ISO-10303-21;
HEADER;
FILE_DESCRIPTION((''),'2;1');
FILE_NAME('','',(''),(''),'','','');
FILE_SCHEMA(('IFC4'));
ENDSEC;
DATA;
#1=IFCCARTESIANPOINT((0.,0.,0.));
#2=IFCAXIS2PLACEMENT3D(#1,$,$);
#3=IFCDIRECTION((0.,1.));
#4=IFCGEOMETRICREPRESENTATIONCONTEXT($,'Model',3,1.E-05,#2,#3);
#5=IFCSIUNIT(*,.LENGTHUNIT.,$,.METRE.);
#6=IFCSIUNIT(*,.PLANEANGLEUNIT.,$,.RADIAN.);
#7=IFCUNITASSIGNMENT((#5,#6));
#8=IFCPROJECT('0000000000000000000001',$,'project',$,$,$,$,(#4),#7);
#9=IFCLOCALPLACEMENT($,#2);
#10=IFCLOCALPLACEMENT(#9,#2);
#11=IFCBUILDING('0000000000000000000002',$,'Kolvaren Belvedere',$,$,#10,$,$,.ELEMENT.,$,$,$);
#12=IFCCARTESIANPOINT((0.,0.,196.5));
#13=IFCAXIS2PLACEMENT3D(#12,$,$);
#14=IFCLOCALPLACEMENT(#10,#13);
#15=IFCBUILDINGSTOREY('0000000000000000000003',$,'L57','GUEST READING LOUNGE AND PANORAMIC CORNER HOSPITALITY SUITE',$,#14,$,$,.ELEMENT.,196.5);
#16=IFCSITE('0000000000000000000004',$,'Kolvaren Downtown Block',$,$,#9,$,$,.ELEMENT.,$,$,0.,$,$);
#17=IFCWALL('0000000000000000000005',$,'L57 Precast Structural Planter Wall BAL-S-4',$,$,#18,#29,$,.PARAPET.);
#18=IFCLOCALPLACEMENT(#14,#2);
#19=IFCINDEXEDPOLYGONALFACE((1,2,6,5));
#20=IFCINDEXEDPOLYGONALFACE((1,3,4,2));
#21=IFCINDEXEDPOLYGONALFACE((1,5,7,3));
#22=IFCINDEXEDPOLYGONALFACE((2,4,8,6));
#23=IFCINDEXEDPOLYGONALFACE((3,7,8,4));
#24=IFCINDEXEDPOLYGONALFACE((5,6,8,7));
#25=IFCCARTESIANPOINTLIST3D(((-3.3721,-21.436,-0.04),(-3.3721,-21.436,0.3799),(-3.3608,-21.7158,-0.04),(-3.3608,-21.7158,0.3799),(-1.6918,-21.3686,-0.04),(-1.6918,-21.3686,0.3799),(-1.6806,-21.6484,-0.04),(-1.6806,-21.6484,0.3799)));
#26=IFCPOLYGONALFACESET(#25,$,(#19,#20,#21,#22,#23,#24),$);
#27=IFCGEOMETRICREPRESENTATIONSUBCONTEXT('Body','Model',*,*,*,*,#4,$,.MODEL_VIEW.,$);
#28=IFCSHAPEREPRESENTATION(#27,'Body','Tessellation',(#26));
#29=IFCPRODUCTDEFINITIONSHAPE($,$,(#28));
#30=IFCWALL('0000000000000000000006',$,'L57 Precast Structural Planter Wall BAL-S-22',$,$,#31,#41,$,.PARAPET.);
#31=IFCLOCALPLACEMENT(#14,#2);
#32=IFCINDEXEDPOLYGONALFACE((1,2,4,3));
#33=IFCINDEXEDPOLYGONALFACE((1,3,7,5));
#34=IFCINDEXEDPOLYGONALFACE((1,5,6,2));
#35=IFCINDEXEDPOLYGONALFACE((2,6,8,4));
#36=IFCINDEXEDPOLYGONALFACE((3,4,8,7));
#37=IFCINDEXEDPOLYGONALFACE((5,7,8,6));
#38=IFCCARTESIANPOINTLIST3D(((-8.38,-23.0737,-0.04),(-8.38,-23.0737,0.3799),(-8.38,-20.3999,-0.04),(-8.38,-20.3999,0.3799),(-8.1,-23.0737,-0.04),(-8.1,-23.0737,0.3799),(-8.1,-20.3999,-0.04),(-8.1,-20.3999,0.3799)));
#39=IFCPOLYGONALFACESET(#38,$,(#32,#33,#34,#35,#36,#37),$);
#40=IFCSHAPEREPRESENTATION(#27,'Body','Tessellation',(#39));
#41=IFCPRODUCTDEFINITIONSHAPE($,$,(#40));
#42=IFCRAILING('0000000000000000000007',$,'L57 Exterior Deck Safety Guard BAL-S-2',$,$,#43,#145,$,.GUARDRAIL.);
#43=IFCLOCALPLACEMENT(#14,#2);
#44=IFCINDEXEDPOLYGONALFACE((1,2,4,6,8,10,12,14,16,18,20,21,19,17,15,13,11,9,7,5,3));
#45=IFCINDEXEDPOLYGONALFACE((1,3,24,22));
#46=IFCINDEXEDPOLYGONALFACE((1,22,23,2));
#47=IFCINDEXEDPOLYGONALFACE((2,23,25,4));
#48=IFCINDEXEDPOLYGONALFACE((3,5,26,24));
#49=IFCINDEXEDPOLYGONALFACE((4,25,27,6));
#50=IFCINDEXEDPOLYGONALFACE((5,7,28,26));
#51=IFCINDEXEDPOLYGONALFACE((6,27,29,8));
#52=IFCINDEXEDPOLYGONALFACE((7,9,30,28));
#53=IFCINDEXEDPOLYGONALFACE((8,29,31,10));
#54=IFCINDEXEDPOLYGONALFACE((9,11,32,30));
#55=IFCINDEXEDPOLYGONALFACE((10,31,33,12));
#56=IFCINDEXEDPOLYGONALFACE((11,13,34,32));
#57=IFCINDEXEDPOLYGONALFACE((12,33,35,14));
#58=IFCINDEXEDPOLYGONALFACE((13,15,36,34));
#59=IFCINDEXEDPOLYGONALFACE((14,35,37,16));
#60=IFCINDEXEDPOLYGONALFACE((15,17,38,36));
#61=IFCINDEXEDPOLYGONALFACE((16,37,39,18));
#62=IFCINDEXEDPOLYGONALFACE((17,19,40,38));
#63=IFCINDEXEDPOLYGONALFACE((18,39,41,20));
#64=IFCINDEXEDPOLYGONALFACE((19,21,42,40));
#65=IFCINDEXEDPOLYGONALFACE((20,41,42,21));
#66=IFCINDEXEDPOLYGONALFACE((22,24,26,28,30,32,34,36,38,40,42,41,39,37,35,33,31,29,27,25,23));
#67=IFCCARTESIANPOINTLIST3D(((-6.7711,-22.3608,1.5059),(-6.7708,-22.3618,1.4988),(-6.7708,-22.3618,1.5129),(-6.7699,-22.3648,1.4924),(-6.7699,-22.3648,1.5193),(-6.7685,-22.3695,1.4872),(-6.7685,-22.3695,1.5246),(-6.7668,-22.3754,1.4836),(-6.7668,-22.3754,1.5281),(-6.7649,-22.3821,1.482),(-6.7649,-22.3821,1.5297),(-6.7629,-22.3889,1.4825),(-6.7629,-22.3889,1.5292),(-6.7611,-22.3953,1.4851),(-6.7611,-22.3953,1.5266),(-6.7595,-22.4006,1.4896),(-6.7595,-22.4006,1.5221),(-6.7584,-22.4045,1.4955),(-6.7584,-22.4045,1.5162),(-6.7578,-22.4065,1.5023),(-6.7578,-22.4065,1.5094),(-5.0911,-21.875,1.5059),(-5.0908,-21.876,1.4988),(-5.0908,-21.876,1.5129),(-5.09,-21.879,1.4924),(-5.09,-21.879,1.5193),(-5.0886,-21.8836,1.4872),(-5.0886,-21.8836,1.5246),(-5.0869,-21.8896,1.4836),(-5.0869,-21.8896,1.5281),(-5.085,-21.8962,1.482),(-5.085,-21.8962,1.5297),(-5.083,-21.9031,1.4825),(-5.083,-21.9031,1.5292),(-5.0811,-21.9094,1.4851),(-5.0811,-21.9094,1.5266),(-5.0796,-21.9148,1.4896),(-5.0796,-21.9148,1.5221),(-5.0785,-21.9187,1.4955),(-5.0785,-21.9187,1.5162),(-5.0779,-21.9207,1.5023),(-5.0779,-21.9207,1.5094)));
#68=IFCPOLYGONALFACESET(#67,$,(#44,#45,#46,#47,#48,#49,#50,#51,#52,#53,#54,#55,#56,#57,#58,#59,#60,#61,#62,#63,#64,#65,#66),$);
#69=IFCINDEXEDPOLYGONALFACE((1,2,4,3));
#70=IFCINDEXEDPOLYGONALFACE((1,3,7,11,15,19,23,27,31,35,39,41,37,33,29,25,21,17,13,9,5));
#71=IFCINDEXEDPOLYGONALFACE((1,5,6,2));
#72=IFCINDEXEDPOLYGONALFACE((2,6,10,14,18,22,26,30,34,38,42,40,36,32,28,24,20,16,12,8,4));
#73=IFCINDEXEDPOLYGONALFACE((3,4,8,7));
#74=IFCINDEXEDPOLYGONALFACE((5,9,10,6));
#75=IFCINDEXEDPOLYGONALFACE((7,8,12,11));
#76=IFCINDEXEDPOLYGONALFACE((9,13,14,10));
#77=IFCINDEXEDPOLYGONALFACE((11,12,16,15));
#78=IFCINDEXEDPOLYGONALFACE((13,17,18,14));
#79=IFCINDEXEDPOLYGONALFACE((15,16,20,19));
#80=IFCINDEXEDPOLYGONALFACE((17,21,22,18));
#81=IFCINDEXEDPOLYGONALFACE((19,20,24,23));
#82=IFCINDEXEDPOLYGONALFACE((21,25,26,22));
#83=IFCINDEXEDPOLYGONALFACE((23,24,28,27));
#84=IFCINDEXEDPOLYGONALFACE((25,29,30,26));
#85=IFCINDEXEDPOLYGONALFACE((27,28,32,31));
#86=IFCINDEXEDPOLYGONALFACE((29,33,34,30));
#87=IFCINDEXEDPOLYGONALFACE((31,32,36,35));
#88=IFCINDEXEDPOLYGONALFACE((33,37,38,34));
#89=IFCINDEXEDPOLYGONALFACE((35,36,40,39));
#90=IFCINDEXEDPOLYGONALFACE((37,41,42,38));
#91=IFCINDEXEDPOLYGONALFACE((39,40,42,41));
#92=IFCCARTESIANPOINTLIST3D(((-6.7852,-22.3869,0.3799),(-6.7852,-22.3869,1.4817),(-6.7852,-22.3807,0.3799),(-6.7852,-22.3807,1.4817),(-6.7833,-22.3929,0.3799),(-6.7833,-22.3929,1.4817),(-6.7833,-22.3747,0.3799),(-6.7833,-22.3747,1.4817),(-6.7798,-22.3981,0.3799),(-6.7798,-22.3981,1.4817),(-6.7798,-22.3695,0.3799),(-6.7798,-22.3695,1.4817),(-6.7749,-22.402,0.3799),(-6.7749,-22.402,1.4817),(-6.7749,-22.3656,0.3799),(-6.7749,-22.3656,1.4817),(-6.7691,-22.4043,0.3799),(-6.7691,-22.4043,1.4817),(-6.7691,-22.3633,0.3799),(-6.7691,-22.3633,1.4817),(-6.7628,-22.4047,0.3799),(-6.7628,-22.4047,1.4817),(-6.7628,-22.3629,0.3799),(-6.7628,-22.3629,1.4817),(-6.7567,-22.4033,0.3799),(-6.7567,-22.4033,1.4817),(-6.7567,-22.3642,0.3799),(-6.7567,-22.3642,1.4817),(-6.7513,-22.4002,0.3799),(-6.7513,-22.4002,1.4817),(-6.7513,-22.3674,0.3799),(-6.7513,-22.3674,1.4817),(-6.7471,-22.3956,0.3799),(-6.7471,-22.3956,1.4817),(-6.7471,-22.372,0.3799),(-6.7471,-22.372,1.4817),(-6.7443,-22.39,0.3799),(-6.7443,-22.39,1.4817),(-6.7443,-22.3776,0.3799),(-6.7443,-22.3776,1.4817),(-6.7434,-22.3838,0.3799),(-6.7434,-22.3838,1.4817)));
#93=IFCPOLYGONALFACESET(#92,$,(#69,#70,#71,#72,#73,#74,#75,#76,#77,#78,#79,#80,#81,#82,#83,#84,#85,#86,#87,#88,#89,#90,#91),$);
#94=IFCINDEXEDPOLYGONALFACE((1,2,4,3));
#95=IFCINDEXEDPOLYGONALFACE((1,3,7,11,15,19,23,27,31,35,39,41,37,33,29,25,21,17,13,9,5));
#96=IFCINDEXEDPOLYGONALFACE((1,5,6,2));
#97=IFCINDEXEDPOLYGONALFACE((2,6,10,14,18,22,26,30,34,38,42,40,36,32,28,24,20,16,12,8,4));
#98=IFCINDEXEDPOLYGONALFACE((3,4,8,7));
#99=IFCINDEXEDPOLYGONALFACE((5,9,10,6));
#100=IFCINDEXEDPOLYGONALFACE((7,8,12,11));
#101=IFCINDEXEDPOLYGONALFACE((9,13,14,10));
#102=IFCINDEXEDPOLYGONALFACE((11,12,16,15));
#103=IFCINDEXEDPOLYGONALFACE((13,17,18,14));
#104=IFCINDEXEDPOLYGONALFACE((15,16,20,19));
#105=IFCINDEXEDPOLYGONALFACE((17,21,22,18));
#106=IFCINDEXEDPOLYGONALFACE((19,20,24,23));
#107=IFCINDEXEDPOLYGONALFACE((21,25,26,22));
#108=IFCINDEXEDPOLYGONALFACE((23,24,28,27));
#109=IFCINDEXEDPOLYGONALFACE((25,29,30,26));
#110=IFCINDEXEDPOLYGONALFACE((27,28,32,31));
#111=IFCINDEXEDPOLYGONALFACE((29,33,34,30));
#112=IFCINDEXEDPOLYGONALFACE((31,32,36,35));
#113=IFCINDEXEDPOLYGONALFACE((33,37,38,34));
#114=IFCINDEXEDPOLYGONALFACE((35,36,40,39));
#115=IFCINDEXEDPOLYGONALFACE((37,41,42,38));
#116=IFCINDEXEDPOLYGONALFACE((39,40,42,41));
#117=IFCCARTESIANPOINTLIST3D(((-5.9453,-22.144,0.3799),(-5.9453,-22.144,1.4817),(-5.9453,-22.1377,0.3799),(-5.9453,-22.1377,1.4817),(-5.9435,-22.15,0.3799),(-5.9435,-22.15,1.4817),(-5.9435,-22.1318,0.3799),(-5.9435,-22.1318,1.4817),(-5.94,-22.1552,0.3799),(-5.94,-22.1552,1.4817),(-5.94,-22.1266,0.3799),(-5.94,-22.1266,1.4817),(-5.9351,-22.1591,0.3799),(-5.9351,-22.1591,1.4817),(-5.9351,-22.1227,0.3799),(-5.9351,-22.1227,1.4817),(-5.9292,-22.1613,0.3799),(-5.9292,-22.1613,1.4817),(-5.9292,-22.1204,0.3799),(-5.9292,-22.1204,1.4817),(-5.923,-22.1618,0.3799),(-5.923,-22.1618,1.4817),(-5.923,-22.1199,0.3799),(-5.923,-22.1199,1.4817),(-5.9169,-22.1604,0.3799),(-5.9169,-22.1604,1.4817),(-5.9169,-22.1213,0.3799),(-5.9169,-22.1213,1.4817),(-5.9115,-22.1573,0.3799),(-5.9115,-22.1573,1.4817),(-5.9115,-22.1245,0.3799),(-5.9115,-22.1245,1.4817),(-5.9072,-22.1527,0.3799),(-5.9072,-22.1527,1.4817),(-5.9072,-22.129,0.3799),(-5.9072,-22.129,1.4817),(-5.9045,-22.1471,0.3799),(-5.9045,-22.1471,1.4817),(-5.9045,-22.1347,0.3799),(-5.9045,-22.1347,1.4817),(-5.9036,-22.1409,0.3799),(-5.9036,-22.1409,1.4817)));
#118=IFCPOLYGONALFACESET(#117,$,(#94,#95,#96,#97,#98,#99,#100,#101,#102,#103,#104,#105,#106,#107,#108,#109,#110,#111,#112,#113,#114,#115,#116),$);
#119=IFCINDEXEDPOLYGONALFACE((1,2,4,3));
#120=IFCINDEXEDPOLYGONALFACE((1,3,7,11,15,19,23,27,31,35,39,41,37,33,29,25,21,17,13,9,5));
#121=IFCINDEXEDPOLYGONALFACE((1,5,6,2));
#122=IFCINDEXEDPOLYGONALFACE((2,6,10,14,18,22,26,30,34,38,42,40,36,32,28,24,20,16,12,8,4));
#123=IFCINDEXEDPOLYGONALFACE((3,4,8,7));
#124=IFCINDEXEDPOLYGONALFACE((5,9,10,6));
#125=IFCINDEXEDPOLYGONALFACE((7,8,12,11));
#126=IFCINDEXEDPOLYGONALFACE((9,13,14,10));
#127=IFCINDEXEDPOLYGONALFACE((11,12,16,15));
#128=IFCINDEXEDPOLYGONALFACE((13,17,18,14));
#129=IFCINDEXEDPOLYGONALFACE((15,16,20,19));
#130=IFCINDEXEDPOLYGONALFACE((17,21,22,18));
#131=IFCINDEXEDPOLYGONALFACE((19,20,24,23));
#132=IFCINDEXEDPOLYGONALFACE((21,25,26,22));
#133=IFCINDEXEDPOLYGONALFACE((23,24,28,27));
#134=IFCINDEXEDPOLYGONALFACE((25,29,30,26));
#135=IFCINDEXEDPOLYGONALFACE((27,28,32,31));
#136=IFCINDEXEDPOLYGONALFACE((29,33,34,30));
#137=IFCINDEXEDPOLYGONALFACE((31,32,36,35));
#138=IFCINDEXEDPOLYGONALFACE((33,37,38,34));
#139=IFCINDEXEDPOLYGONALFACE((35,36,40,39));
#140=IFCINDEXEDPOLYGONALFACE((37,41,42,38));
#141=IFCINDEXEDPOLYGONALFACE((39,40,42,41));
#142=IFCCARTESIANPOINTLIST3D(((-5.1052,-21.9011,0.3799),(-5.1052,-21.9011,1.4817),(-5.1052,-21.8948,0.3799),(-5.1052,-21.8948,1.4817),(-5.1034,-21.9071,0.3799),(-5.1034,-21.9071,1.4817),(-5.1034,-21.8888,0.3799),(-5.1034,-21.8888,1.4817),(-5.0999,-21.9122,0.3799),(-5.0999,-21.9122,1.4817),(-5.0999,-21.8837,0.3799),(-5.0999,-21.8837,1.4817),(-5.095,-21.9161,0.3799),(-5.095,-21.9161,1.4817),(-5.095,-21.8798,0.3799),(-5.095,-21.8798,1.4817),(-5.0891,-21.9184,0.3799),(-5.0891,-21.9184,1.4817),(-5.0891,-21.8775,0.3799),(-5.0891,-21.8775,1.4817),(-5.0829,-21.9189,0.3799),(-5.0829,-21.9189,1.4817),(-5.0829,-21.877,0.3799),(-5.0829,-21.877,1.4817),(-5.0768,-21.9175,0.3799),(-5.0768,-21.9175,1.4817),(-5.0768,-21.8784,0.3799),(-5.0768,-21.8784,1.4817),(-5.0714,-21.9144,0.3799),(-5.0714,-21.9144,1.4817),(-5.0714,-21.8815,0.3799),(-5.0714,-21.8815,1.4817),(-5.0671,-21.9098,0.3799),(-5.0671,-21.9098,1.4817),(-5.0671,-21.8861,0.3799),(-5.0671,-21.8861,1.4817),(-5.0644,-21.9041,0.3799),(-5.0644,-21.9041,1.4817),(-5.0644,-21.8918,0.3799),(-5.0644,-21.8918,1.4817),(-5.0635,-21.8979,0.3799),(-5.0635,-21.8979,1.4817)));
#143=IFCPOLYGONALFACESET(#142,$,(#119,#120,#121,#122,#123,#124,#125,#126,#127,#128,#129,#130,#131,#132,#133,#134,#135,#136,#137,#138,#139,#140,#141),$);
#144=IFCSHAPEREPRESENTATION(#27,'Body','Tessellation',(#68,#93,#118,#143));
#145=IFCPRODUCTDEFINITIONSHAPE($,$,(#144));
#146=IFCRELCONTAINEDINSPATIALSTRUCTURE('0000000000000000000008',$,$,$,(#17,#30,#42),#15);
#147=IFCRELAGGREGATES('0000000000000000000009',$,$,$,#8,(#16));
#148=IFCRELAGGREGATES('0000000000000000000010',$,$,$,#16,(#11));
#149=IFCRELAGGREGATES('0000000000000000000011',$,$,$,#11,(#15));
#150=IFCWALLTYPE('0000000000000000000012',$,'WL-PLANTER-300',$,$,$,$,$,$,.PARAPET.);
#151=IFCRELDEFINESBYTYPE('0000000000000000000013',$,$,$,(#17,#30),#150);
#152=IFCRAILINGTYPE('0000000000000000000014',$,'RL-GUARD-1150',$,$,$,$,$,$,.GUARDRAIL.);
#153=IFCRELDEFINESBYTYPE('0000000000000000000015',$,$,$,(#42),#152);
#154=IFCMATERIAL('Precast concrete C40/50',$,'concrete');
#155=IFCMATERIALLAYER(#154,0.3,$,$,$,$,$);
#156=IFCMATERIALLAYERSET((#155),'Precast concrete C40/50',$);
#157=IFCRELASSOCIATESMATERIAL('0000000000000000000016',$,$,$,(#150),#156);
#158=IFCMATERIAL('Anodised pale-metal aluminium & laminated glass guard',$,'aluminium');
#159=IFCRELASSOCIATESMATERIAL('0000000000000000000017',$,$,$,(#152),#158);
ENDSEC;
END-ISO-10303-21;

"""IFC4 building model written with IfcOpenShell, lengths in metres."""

from ifc_helpers import new_model, si_unit, direction, frame, frame_2d, origin, origin_2d, place, context, subcontext, project, spatial, rectangle, circle, extrude, material, layer, layer_set, type_object, element, save


model = new_model("IFC4")

# Units and contexts
model_context = context("Model", 3, precision=1e-05, world=origin(), true_north=direction((0.0, 1.0)))
body_context = subcontext(model_context, "Body", "Model", "MODEL_VIEW")
ifc_project = project(units=[si_unit("LENGTHUNIT", "METRE"), si_unit("PLANEANGLEUNIT", "RADIAN")], contexts=[model_context])

# Site, building, storey
site_placement = place(None, origin())
site = spatial("IfcSite", under=ifc_project, at=site_placement, Name="Kolvaren Downtown Block", CompositionType="ELEMENT", RefElevation=0.0)
building_placement = place(site_placement, origin())
building = spatial("IfcBuilding", under=site, at=building_placement, Name="Kolvaren Belvedere", CompositionType="ELEMENT")
storey_placement = place(building_placement, frame((0.0, 0.0, 196.5)))
storey = spatial("IfcBuildingStorey", under=building, at=storey_placement, Name="L57", Description="GUEST READING LOUNGE AND PANORAMIC CORNER HOSPITALITY SUITE", CompositionType="ELEMENT", Elevation=196.5)

# Walls
ifc_material_1 = material(Name="Precast concrete C40/50", Category="concrete")
ifc_layer_1 = layer(ifc_material_1, 0.3)
ifc_layer_set_1 = layer_set([ifc_layer_1], Name="Precast concrete C40/50")
wall_type_1 = type_object("IfcWallType", Name="WL-PLANTER-300", PredefinedType="PARAPET", material=ifc_layer_set_1)
wall_1_placement = place(storey_placement, frame((-3.3665, -21.5759, -0.04), z_axis=(0.0, 0.0, 1.0), x_axis=(0.999197, 0.040072, 0.0)))
element("IfcWall", 1, at=wall_1_placement, inside=storey, type_object=wall_type_1, Name="L57 Precast Structural Planter Wall BAL-S-4", PredefinedType="PARAPET", context=body_context, shape_type="SweptSolid", body=[
    extrude(rectangle(XDim=1.6816, YDim=0.28, at=frame_2d((0.8408, 0.0))), origin(), (0.0, 0.0, 1.0), 0.4199),
])
wall_2_placement = place(storey_placement, frame((-8.24, -20.3999, -0.04), z_axis=(0.0, 0.0, 1.0), x_axis=(0.0, -1.0, 0.0)))
element("IfcWall", 2, at=wall_2_placement, inside=storey, type_object=wall_type_1, Name="L57 Precast Structural Planter Wall BAL-S-22", PredefinedType="PARAPET", context=body_context, shape_type="SweptSolid", body=[
    extrude(rectangle(XDim=2.6738, YDim=0.28, at=frame_2d((1.3369, 0.0))), origin(), (0.0, 0.0, 1.0), 0.4199),
])

# Railing
ifc_material_2 = material(Name="Anodised pale-metal aluminium & laminated glass guard", Category="aluminium")
railing_type = type_object("IfcRailingType", Name="RL-GUARD-1150", PredefinedType="GUARDRAIL", material=ifc_material_2)
railing_1_placement = place(storey_placement, frame((-6.7644, -22.3838, 0.3799)))
element("IfcRailing", 3, at=railing_1_placement, inside=storey, type_object=railing_type, Name="L57 Exterior Deck Safety Guard BAL-S-2", PredefinedType="GUARDRAIL", context=body_context, shape_type="SweptSolid", body=[
    extrude(circle(Radius=0.0239, at=origin_2d()), frame((0.0, 0.0, 1.126), z_axis=(0.960634, 0.277817, 0.0), x_axis=(-0.277817, 0.960634, 0.0)), (0.0, 0.0, 1.0), 1.7488),
    extrude(circle(Radius=0.021, at=origin_2d()), origin(), (0.0, 0.0, 1.0), 1.1018),
    extrude(circle(Radius=0.021, at=origin_2d()), frame((0.8398, 0.2429, 0.0)), (0.0, 0.0, 1.0), 1.1018),
    extrude(circle(Radius=0.021, at=origin_2d()), frame((1.6799, 0.4858, 0.0)), (0.0, 0.0, 1.0), 1.1018),
])

save(model, "model.ifc")
